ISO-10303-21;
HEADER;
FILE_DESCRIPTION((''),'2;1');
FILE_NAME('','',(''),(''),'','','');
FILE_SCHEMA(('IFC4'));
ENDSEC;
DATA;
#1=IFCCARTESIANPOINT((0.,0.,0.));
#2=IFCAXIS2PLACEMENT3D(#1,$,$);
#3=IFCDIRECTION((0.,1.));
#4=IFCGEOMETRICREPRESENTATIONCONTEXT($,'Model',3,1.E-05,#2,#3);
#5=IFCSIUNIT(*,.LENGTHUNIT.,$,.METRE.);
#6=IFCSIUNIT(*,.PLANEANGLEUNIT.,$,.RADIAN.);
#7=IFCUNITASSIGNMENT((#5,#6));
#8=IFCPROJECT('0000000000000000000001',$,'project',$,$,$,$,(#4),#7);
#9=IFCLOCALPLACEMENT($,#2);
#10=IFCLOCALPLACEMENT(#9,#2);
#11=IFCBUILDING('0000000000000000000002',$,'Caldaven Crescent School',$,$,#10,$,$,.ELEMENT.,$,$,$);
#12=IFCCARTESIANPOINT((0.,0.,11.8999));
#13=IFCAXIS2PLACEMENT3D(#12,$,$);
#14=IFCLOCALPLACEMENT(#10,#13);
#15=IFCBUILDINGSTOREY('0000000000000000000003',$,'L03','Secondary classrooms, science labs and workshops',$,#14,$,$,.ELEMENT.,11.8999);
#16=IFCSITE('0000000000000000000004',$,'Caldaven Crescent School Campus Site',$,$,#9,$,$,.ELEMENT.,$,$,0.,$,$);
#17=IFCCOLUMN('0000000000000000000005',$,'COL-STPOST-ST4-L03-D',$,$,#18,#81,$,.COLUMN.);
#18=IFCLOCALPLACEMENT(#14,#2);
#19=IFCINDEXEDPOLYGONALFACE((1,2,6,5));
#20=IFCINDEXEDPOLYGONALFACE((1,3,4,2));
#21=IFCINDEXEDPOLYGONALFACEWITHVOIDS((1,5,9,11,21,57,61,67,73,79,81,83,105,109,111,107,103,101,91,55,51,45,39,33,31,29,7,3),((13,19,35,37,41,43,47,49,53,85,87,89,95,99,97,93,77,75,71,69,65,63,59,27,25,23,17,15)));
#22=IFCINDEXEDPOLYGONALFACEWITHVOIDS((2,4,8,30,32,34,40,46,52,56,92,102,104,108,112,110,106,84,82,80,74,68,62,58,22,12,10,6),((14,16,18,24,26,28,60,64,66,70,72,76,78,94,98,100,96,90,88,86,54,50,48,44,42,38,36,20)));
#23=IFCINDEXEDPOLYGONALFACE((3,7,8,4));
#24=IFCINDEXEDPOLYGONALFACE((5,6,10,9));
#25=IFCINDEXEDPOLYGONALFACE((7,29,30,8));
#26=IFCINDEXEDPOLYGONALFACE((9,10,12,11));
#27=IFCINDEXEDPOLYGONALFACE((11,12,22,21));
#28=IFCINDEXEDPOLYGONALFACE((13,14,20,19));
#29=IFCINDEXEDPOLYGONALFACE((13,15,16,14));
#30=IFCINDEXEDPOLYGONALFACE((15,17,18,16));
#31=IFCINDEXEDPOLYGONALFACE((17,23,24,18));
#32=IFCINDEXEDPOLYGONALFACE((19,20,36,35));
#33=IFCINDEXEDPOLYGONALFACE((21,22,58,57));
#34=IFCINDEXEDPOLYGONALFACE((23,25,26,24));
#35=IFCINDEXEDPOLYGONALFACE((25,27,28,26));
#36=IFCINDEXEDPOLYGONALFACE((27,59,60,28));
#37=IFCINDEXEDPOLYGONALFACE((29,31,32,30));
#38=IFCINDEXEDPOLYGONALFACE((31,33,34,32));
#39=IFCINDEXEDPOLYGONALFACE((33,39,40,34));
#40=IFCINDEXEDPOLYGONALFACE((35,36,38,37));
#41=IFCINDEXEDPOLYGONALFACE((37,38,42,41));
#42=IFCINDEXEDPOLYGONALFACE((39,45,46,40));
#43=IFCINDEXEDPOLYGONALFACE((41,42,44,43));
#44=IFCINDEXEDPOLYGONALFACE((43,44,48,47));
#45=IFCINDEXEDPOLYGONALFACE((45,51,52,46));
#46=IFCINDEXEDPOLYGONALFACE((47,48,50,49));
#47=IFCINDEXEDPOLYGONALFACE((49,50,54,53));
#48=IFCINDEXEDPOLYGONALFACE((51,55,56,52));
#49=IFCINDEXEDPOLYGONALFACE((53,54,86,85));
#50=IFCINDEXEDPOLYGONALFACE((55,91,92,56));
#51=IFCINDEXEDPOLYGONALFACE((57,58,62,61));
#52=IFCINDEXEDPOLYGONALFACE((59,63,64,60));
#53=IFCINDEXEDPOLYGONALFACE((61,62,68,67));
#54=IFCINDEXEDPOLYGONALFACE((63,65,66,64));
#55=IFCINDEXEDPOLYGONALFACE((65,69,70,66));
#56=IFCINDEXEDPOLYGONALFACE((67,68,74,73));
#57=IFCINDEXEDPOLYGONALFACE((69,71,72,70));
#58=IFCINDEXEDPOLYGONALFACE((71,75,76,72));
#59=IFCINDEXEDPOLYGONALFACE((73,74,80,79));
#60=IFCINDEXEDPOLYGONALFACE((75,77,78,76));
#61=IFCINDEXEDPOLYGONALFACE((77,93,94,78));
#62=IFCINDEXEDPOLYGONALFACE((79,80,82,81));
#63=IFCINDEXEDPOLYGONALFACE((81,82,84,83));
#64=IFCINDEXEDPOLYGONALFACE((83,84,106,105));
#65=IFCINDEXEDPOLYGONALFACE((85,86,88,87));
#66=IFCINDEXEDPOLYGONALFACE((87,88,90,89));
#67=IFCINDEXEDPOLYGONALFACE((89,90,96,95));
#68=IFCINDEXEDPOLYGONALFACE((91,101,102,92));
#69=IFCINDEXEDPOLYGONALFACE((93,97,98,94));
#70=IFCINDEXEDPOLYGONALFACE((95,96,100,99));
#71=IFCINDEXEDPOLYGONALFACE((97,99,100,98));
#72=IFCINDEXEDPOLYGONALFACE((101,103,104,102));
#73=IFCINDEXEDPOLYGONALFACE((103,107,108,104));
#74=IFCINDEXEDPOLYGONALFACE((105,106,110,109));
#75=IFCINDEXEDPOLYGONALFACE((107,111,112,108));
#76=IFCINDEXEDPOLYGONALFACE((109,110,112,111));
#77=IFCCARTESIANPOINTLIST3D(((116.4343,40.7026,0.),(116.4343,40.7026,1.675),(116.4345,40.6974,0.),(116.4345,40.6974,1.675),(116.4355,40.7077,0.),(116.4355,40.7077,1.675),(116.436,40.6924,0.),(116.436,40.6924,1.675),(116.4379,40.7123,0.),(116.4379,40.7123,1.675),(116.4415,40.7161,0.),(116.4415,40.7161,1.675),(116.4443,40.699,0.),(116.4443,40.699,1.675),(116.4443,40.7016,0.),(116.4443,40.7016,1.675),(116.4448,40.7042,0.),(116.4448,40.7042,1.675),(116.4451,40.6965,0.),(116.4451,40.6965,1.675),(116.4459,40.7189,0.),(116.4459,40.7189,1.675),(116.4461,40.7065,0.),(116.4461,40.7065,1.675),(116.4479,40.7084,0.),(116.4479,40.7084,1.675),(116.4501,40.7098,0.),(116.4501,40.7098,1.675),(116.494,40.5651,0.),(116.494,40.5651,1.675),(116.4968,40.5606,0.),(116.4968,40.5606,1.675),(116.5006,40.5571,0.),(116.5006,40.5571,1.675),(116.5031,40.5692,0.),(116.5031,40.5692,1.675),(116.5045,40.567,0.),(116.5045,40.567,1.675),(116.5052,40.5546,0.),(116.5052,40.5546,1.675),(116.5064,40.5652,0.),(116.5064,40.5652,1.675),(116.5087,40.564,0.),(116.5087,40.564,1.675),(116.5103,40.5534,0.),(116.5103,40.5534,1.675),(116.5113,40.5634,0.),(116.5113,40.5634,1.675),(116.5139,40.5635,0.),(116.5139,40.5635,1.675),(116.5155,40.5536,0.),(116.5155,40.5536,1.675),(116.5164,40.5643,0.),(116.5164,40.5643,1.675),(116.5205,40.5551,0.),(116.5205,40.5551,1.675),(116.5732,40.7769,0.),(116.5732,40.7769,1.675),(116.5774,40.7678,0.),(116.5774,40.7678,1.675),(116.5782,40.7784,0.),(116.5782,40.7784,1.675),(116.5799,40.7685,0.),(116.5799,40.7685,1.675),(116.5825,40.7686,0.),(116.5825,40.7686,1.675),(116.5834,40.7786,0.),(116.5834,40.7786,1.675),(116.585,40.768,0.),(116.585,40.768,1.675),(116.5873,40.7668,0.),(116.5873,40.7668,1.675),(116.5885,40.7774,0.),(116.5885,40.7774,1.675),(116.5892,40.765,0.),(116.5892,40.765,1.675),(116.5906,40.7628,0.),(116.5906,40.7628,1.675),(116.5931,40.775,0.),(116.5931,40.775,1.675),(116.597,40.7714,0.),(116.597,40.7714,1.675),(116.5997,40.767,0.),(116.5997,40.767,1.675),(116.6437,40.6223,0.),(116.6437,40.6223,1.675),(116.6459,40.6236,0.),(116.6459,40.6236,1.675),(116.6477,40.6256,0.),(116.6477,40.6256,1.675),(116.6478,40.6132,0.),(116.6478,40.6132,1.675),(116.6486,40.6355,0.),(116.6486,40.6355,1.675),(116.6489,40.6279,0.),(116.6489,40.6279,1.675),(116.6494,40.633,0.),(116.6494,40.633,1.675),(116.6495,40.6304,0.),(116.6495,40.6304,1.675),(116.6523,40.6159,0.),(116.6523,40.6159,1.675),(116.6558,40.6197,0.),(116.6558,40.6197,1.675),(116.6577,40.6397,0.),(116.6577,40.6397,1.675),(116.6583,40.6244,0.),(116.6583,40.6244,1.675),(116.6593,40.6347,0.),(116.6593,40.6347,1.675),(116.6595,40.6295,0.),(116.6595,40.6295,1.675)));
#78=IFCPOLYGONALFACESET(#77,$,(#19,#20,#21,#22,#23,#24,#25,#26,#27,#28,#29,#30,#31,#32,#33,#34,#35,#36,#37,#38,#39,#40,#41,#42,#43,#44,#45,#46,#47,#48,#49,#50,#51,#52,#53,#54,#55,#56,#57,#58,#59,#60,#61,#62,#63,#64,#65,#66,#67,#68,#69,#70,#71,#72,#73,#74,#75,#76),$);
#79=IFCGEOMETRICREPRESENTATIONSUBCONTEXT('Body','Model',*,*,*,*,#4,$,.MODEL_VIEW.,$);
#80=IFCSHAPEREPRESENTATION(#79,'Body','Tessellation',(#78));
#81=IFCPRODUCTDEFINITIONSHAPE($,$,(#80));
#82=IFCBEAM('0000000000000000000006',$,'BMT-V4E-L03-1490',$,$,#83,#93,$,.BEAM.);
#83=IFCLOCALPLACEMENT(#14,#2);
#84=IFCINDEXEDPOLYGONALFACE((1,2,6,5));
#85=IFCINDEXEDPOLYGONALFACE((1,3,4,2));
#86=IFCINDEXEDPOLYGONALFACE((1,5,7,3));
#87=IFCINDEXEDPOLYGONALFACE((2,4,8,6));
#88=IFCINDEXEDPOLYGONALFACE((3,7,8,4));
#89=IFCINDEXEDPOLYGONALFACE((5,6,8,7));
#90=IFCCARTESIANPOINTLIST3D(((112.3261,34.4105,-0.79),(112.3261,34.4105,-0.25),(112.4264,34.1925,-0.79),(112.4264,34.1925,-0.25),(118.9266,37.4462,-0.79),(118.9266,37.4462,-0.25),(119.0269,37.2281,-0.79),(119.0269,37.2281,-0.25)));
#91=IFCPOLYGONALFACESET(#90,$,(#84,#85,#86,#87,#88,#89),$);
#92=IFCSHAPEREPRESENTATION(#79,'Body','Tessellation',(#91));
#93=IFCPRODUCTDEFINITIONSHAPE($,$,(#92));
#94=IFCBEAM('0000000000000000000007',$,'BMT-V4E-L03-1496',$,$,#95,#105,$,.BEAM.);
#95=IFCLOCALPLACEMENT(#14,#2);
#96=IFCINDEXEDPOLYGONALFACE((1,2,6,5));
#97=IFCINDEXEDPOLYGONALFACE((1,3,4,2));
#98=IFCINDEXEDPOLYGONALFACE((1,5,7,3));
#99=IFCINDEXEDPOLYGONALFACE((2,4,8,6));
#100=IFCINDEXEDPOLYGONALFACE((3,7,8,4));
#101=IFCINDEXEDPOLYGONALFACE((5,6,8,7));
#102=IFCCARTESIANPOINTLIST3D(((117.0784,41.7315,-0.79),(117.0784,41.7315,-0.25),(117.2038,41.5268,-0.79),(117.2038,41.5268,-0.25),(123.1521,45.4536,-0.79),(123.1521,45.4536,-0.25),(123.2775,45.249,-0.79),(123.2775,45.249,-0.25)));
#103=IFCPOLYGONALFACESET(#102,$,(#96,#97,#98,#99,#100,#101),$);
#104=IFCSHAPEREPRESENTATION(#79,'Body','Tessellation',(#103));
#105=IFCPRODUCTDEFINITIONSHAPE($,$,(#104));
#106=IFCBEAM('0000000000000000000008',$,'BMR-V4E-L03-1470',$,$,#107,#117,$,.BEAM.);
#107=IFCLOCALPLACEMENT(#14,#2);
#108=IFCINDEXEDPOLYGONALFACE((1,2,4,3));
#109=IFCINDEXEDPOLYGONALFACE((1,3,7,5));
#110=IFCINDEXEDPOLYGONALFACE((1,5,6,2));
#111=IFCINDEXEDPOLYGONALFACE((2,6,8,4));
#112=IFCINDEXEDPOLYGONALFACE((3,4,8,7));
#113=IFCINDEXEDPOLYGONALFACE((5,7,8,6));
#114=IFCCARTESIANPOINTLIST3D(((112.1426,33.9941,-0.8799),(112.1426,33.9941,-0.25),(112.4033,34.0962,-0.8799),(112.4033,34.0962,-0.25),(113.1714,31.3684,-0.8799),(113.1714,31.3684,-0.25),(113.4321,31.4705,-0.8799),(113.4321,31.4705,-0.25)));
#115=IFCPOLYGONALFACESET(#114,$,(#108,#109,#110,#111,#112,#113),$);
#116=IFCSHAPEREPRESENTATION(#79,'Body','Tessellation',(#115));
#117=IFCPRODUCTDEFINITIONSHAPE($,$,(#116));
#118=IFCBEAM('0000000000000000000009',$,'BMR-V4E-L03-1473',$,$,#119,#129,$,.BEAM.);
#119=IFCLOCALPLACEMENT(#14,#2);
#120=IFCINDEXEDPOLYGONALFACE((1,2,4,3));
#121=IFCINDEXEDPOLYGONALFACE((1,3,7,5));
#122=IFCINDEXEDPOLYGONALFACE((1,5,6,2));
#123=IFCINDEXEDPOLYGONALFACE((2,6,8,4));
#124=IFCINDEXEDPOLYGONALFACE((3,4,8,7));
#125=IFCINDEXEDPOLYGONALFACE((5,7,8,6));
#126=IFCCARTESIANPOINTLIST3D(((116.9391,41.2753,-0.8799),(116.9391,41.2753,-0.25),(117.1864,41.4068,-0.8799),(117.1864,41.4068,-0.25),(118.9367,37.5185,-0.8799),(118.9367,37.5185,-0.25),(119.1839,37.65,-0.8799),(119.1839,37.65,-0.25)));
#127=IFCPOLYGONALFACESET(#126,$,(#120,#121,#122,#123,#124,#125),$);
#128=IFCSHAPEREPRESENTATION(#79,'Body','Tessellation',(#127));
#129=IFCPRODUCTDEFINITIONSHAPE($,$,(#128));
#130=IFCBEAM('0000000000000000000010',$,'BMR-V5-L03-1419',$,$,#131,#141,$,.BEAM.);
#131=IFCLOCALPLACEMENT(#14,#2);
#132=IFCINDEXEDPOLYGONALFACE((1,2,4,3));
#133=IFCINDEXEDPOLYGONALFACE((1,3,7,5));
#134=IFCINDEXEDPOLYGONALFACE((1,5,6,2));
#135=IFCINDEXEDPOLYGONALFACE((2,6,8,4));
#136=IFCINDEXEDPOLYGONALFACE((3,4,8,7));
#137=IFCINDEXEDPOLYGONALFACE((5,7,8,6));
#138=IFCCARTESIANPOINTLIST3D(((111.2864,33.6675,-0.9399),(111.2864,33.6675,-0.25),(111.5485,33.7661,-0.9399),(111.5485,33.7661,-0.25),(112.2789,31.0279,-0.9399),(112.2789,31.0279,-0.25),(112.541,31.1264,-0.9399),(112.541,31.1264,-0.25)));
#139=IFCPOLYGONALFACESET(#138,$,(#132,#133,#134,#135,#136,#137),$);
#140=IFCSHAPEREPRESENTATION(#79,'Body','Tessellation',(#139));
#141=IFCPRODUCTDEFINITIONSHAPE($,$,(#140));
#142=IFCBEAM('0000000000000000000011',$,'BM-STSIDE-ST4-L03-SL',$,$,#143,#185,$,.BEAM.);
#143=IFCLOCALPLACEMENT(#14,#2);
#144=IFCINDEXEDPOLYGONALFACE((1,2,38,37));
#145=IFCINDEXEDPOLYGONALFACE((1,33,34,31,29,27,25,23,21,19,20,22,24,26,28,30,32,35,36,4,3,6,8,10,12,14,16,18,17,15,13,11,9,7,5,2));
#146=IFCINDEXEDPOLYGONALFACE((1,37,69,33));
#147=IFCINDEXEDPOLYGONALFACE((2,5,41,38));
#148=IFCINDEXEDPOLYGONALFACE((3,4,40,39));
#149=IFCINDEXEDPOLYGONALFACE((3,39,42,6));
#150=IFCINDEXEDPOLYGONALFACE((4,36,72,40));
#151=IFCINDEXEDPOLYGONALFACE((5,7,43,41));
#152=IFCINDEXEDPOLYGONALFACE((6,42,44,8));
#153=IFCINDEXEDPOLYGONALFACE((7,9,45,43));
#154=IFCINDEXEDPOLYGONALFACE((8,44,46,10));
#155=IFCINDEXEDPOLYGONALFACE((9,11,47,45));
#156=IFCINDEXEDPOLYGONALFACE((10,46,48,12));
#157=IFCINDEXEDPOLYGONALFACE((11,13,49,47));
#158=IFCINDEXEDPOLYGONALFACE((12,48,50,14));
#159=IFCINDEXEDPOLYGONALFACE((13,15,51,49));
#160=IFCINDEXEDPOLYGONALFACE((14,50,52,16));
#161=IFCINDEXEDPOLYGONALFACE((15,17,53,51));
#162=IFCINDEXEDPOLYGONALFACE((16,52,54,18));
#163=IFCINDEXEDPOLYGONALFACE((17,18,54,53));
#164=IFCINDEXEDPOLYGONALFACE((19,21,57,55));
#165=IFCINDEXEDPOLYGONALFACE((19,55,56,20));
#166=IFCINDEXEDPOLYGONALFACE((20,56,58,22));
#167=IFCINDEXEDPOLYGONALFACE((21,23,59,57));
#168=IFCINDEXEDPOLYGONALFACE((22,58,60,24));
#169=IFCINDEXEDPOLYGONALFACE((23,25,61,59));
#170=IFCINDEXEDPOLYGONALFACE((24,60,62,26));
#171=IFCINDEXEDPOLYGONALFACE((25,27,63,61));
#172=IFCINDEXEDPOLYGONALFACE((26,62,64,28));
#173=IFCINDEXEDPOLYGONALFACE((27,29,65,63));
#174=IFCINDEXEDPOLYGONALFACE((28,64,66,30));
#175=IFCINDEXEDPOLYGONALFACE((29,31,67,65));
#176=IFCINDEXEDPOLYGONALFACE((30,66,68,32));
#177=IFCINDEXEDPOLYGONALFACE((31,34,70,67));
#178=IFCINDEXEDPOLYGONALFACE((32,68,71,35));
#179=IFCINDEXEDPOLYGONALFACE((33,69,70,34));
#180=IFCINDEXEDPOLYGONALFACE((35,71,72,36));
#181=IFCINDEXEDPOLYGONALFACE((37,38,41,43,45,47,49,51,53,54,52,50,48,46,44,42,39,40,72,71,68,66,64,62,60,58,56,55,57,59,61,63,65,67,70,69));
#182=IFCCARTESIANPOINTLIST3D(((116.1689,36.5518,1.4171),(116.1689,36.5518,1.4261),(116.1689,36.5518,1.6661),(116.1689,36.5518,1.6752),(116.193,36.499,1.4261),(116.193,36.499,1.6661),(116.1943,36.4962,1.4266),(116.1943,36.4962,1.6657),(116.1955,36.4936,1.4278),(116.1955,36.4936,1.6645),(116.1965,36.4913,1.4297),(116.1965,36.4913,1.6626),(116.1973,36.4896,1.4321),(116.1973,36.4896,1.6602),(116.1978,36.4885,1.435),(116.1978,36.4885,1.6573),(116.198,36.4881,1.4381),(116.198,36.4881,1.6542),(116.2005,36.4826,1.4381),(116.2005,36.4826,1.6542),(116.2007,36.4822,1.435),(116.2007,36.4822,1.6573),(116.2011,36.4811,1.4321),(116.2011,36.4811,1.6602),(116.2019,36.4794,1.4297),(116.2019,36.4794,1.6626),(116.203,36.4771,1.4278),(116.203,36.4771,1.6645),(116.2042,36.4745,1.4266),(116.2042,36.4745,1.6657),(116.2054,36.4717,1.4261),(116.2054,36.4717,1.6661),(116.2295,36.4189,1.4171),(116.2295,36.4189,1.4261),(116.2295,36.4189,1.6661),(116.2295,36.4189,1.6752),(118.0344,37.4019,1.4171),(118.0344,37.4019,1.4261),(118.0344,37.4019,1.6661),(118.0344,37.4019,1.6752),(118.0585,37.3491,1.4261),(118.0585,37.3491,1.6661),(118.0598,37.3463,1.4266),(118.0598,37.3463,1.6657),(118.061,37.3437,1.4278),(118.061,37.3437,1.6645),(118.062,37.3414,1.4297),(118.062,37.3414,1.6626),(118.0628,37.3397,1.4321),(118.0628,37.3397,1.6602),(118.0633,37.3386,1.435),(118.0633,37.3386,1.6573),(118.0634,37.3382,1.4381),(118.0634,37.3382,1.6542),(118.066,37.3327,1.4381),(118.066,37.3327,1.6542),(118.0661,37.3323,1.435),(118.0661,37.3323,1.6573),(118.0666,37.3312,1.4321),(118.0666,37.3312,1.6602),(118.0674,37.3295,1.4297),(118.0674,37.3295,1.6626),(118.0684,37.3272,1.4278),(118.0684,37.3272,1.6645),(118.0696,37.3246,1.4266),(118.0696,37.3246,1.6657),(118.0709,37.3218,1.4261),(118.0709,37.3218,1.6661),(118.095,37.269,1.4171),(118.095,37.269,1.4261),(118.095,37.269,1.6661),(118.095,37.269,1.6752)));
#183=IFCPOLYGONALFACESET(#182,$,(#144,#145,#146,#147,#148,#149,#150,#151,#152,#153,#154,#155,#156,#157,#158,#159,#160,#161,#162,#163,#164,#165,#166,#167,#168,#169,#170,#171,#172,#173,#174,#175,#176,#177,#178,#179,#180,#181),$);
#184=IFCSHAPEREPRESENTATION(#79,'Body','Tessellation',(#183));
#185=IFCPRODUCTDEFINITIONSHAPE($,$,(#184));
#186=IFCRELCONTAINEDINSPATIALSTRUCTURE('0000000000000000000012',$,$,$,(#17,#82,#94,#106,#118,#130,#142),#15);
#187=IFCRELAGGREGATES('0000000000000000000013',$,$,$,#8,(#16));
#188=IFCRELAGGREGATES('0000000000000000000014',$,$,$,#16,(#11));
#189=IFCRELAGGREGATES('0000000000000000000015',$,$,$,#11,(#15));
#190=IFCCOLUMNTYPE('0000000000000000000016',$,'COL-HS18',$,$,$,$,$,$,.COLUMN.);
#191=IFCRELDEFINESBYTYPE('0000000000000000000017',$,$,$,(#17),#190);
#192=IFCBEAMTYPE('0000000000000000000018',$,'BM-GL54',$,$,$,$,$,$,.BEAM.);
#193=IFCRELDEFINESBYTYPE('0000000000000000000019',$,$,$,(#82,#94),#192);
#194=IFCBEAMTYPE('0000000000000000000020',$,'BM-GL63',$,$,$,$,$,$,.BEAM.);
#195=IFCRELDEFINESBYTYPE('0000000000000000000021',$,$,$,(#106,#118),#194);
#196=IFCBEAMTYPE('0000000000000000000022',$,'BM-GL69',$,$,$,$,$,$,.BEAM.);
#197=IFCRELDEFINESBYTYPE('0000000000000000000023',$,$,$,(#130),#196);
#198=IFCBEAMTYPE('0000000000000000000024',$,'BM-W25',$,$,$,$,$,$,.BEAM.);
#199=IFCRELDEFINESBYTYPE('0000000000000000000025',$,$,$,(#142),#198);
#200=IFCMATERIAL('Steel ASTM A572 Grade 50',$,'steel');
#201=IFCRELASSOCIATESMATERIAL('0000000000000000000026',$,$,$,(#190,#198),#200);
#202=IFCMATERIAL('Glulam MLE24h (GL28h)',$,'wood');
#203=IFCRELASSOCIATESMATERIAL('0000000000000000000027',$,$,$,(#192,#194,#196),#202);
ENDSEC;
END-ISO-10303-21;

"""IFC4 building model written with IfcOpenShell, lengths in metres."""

from ifc_helpers import new_model, si_unit, direction, frame, origin, origin_2d, place, context, subcontext, project, spatial, rectangle, hollow_rectangle, i_section, extrude, material, material_profile, profile_set, type_object, element, save


model = new_model("IFC4")

# Units and contexts
model_context = context("Model", 3, precision=1e-05, world=origin(), true_north=direction((0.0, 1.0)))
body_context = subcontext(model_context, "Body", "Model", "MODEL_VIEW")
ifc_project = project(units=[si_unit("LENGTHUNIT", "METRE"), si_unit("PLANEANGLEUNIT", "RADIAN")], contexts=[model_context])

# Site, building, storey
site_placement = place(None, origin())
site = spatial("IfcSite", under=ifc_project, at=site_placement, Name="Caldaven Crescent School Campus Site", CompositionType="ELEMENT", RefElevation=0.0)
building_placement = place(site_placement, origin())
building = spatial("IfcBuilding", under=site, at=building_placement, Name="Caldaven Crescent School", CompositionType="ELEMENT")
storey_placement = place(building_placement, frame((0.0, 0.0, 11.8999)))
storey = spatial("IfcBuildingStorey", under=building, at=storey_placement, Name="L03", Description="Secondary classrooms, science labs and workshops", CompositionType="ELEMENT", Elevation=11.8999)

# Column
ifc_material_1 = material(Name="Glulam MLE24h (GL28h)", Category="wood")
ifc_material_2 = material(Name="Steel ASTM A572 Grade 50", Category="steel")
ifc_material_profile_1 = material_profile(ifc_material_2, hollow_rectangle(XDim=0.1799, YDim=0.1799, WallThickness=0.01, InnerFilletRadius=0.01, OuterFilletRadius=0.02, at=origin_2d()), Name="HSS 180x180x10")
ifc_profile_set_1 = profile_set([ifc_material_profile_1], Name="Steel ASTM A572 Grade 50")
column_type_1 = type_object("IfcColumnType", Name="COL-HS18", PredefinedType="COLUMN", material=ifc_profile_set_1)
for number, where, z_axis, x_axis, name in (
    (1, (116.5469, 40.666, 0.0), (0.0, 0.0, 1.0), (0.909961, 0.414693, 0.0), "COL-STPOST-ST4-L03-D"),
):
    element("IfcColumn", number, at=place(storey_placement, frame(where, z_axis=z_axis, x_axis=x_axis)), inside=storey, type_object=column_type_1, Name=name, PredefinedType="COLUMN", context=body_context, shape_type="SweptSolid", body=[
        extrude(hollow_rectangle(XDim=0.1799, YDim=0.1799, WallThickness=0.01, InnerFilletRadius=0.01, OuterFilletRadius=0.02, at=origin_2d()), origin(), (0.0, 0.0, 1.0), 1.675),
    ])

# Beams
ifc_material_profile_2 = material_profile(ifc_material_1, rectangle(XDim=0.24, YDim=0.54, at=origin_2d()), Name="MLE 240x540")
ifc_profile_set_2 = profile_set([ifc_material_profile_2], Name="Glulam MLE24h (GL28h)")
beam_type_1 = type_object("IfcBeamType", Name="BM-GL54", PredefinedType="BEAM", material=ifc_profile_set_2)
beam_1_placement = place(storey_placement, frame((112.3762, 34.3015, -0.52), z_axis=(0.908523, 0.417835, 0.0), x_axis=(-0.417835, 0.908523, 0.0)))
element("IfcBeam", 2, at=beam_1_placement, inside=storey, type_object=beam_type_1, Name="BMT-V4E-L03-1490", PredefinedType="BEAM", context=body_context, shape_type="SweptSolid", body=[
    extrude(rectangle(XDim=0.24, YDim=0.54, at=origin_2d()), origin(), (0.0, 0.0, 1.0), 7.2651),
])
beam_2_placement = place(storey_placement, frame((117.1411, 41.6292, -0.52), z_axis=(0.852629, 0.522517, 0.0), x_axis=(-0.522517, 0.852629, 0.0)))
element("IfcBeam", 3, at=beam_2_placement, inside=storey, type_object=beam_type_1, Name="BMT-V4E-L03-1496", PredefinedType="BEAM", context=body_context, shape_type="SweptSolid", body=[
    extrude(rectangle(XDim=0.24, YDim=0.54, at=origin_2d()), origin(), (0.0, 0.0, 1.0), 7.1235),
])
ifc_material_profile_3 = material_profile(ifc_material_1, rectangle(XDim=0.28, YDim=0.6299, at=origin_2d()), Name="MLE 280x630")
ifc_profile_set_3 = profile_set([ifc_material_profile_3], Name="Glulam MLE24h (GL28h)")
beam_type_2 = type_object("IfcBeamType", Name="BM-GL63", PredefinedType="BEAM", material=ifc_profile_set_3)
beam_3_placement = place(storey_placement, frame((112.2729, 34.0452, -0.5649), z_axis=(0.364814, -0.93108, 0.0), x_axis=(0.93108, 0.364814, 0.0)))
element("IfcBeam", 4, at=beam_3_placement, inside=storey, type_object=beam_type_2, Name="BMR-V4E-L03-1470", PredefinedType="BEAM", context=body_context, shape_type="SweptSolid", body=[
    extrude(rectangle(XDim=0.28, YDim=0.6299, at=origin_2d()), origin(), (0.0, 0.0, 1.0), 2.8201),
])
beam_4_placement = place(storey_placement, frame((117.0627, 41.3411, -0.5649), z_axis=(0.469474, -0.882946, 0.0), x_axis=(0.882946, 0.469474, 0.0)))
element("IfcBeam", 5, at=beam_4_placement, inside=storey, type_object=beam_type_2, Name="BMR-V4E-L03-1473", PredefinedType="BEAM", context=body_context, shape_type="SweptSolid", body=[
    extrude(rectangle(XDim=0.28, YDim=0.6299, at=origin_2d()), origin(), (0.0, 0.0, 1.0), 4.2549),
])
ifc_material_profile_4 = material_profile(ifc_material_1, rectangle(XDim=0.28, YDim=0.6899, at=origin_2d()), Name="MLE 280x690")
ifc_profile_set_4 = profile_set([ifc_material_profile_4], Name="Glulam MLE24h (GL28h)")
beam_type_3 = type_object("IfcBeamType", Name="BM-GL69", PredefinedType="BEAM", material=ifc_profile_set_4)
beam_5_placement = place(storey_placement, frame((111.4175, 33.7168, -0.595), z_axis=(0.35192, -0.93603, 0.0), x_axis=(0.93603, 0.35192, 0.0)))
element("IfcBeam", 6, at=beam_5_placement, inside=storey, type_object=beam_type_3, Name="BMR-V5-L03-1419", PredefinedType="BEAM", context=body_context, shape_type="SweptSolid", body=[
    extrude(rectangle(XDim=0.28, YDim=0.6899, at=origin_2d()), origin(), (0.0, 0.0, 1.0), 2.8201),
])
ifc_material_profile_5 = material_profile(ifc_material_2, i_section(OverallWidth=0.146, OverallDepth=0.2581, WebThickness=0.0061, FlangeThickness=0.009, FilletRadius=0.012, at=origin_2d()), Name="W250x33")
ifc_profile_set_5 = profile_set([ifc_material_profile_5], Name="Steel ASTM A572 Grade 50")
beam_type_4 = type_object("IfcBeamType", Name="BM-W25", PredefinedType="BEAM", material=ifc_profile_set_5)
beam_6_placement = place(storey_placement, frame((116.1992, 36.4854, 1.5461), z_axis=(0.90997, 0.414673, 0.0), x_axis=(-0.414673, 0.90997, 0.0)))
element("IfcBeam", 7, at=beam_6_placement, inside=storey, type_object=beam_type_4, Name="BM-STSIDE-ST4-L03-SL", PredefinedType="BEAM", context=body_context, shape_type="SweptSolid", body=[
    extrude(i_section(OverallWidth=0.146, OverallDepth=0.2581, WebThickness=0.0061, FlangeThickness=0.009, FilletRadius=0.012, at=origin_2d()), origin(), (0.0, 0.0, 1.0), 2.05),
])

save(model, "model.ifc")
